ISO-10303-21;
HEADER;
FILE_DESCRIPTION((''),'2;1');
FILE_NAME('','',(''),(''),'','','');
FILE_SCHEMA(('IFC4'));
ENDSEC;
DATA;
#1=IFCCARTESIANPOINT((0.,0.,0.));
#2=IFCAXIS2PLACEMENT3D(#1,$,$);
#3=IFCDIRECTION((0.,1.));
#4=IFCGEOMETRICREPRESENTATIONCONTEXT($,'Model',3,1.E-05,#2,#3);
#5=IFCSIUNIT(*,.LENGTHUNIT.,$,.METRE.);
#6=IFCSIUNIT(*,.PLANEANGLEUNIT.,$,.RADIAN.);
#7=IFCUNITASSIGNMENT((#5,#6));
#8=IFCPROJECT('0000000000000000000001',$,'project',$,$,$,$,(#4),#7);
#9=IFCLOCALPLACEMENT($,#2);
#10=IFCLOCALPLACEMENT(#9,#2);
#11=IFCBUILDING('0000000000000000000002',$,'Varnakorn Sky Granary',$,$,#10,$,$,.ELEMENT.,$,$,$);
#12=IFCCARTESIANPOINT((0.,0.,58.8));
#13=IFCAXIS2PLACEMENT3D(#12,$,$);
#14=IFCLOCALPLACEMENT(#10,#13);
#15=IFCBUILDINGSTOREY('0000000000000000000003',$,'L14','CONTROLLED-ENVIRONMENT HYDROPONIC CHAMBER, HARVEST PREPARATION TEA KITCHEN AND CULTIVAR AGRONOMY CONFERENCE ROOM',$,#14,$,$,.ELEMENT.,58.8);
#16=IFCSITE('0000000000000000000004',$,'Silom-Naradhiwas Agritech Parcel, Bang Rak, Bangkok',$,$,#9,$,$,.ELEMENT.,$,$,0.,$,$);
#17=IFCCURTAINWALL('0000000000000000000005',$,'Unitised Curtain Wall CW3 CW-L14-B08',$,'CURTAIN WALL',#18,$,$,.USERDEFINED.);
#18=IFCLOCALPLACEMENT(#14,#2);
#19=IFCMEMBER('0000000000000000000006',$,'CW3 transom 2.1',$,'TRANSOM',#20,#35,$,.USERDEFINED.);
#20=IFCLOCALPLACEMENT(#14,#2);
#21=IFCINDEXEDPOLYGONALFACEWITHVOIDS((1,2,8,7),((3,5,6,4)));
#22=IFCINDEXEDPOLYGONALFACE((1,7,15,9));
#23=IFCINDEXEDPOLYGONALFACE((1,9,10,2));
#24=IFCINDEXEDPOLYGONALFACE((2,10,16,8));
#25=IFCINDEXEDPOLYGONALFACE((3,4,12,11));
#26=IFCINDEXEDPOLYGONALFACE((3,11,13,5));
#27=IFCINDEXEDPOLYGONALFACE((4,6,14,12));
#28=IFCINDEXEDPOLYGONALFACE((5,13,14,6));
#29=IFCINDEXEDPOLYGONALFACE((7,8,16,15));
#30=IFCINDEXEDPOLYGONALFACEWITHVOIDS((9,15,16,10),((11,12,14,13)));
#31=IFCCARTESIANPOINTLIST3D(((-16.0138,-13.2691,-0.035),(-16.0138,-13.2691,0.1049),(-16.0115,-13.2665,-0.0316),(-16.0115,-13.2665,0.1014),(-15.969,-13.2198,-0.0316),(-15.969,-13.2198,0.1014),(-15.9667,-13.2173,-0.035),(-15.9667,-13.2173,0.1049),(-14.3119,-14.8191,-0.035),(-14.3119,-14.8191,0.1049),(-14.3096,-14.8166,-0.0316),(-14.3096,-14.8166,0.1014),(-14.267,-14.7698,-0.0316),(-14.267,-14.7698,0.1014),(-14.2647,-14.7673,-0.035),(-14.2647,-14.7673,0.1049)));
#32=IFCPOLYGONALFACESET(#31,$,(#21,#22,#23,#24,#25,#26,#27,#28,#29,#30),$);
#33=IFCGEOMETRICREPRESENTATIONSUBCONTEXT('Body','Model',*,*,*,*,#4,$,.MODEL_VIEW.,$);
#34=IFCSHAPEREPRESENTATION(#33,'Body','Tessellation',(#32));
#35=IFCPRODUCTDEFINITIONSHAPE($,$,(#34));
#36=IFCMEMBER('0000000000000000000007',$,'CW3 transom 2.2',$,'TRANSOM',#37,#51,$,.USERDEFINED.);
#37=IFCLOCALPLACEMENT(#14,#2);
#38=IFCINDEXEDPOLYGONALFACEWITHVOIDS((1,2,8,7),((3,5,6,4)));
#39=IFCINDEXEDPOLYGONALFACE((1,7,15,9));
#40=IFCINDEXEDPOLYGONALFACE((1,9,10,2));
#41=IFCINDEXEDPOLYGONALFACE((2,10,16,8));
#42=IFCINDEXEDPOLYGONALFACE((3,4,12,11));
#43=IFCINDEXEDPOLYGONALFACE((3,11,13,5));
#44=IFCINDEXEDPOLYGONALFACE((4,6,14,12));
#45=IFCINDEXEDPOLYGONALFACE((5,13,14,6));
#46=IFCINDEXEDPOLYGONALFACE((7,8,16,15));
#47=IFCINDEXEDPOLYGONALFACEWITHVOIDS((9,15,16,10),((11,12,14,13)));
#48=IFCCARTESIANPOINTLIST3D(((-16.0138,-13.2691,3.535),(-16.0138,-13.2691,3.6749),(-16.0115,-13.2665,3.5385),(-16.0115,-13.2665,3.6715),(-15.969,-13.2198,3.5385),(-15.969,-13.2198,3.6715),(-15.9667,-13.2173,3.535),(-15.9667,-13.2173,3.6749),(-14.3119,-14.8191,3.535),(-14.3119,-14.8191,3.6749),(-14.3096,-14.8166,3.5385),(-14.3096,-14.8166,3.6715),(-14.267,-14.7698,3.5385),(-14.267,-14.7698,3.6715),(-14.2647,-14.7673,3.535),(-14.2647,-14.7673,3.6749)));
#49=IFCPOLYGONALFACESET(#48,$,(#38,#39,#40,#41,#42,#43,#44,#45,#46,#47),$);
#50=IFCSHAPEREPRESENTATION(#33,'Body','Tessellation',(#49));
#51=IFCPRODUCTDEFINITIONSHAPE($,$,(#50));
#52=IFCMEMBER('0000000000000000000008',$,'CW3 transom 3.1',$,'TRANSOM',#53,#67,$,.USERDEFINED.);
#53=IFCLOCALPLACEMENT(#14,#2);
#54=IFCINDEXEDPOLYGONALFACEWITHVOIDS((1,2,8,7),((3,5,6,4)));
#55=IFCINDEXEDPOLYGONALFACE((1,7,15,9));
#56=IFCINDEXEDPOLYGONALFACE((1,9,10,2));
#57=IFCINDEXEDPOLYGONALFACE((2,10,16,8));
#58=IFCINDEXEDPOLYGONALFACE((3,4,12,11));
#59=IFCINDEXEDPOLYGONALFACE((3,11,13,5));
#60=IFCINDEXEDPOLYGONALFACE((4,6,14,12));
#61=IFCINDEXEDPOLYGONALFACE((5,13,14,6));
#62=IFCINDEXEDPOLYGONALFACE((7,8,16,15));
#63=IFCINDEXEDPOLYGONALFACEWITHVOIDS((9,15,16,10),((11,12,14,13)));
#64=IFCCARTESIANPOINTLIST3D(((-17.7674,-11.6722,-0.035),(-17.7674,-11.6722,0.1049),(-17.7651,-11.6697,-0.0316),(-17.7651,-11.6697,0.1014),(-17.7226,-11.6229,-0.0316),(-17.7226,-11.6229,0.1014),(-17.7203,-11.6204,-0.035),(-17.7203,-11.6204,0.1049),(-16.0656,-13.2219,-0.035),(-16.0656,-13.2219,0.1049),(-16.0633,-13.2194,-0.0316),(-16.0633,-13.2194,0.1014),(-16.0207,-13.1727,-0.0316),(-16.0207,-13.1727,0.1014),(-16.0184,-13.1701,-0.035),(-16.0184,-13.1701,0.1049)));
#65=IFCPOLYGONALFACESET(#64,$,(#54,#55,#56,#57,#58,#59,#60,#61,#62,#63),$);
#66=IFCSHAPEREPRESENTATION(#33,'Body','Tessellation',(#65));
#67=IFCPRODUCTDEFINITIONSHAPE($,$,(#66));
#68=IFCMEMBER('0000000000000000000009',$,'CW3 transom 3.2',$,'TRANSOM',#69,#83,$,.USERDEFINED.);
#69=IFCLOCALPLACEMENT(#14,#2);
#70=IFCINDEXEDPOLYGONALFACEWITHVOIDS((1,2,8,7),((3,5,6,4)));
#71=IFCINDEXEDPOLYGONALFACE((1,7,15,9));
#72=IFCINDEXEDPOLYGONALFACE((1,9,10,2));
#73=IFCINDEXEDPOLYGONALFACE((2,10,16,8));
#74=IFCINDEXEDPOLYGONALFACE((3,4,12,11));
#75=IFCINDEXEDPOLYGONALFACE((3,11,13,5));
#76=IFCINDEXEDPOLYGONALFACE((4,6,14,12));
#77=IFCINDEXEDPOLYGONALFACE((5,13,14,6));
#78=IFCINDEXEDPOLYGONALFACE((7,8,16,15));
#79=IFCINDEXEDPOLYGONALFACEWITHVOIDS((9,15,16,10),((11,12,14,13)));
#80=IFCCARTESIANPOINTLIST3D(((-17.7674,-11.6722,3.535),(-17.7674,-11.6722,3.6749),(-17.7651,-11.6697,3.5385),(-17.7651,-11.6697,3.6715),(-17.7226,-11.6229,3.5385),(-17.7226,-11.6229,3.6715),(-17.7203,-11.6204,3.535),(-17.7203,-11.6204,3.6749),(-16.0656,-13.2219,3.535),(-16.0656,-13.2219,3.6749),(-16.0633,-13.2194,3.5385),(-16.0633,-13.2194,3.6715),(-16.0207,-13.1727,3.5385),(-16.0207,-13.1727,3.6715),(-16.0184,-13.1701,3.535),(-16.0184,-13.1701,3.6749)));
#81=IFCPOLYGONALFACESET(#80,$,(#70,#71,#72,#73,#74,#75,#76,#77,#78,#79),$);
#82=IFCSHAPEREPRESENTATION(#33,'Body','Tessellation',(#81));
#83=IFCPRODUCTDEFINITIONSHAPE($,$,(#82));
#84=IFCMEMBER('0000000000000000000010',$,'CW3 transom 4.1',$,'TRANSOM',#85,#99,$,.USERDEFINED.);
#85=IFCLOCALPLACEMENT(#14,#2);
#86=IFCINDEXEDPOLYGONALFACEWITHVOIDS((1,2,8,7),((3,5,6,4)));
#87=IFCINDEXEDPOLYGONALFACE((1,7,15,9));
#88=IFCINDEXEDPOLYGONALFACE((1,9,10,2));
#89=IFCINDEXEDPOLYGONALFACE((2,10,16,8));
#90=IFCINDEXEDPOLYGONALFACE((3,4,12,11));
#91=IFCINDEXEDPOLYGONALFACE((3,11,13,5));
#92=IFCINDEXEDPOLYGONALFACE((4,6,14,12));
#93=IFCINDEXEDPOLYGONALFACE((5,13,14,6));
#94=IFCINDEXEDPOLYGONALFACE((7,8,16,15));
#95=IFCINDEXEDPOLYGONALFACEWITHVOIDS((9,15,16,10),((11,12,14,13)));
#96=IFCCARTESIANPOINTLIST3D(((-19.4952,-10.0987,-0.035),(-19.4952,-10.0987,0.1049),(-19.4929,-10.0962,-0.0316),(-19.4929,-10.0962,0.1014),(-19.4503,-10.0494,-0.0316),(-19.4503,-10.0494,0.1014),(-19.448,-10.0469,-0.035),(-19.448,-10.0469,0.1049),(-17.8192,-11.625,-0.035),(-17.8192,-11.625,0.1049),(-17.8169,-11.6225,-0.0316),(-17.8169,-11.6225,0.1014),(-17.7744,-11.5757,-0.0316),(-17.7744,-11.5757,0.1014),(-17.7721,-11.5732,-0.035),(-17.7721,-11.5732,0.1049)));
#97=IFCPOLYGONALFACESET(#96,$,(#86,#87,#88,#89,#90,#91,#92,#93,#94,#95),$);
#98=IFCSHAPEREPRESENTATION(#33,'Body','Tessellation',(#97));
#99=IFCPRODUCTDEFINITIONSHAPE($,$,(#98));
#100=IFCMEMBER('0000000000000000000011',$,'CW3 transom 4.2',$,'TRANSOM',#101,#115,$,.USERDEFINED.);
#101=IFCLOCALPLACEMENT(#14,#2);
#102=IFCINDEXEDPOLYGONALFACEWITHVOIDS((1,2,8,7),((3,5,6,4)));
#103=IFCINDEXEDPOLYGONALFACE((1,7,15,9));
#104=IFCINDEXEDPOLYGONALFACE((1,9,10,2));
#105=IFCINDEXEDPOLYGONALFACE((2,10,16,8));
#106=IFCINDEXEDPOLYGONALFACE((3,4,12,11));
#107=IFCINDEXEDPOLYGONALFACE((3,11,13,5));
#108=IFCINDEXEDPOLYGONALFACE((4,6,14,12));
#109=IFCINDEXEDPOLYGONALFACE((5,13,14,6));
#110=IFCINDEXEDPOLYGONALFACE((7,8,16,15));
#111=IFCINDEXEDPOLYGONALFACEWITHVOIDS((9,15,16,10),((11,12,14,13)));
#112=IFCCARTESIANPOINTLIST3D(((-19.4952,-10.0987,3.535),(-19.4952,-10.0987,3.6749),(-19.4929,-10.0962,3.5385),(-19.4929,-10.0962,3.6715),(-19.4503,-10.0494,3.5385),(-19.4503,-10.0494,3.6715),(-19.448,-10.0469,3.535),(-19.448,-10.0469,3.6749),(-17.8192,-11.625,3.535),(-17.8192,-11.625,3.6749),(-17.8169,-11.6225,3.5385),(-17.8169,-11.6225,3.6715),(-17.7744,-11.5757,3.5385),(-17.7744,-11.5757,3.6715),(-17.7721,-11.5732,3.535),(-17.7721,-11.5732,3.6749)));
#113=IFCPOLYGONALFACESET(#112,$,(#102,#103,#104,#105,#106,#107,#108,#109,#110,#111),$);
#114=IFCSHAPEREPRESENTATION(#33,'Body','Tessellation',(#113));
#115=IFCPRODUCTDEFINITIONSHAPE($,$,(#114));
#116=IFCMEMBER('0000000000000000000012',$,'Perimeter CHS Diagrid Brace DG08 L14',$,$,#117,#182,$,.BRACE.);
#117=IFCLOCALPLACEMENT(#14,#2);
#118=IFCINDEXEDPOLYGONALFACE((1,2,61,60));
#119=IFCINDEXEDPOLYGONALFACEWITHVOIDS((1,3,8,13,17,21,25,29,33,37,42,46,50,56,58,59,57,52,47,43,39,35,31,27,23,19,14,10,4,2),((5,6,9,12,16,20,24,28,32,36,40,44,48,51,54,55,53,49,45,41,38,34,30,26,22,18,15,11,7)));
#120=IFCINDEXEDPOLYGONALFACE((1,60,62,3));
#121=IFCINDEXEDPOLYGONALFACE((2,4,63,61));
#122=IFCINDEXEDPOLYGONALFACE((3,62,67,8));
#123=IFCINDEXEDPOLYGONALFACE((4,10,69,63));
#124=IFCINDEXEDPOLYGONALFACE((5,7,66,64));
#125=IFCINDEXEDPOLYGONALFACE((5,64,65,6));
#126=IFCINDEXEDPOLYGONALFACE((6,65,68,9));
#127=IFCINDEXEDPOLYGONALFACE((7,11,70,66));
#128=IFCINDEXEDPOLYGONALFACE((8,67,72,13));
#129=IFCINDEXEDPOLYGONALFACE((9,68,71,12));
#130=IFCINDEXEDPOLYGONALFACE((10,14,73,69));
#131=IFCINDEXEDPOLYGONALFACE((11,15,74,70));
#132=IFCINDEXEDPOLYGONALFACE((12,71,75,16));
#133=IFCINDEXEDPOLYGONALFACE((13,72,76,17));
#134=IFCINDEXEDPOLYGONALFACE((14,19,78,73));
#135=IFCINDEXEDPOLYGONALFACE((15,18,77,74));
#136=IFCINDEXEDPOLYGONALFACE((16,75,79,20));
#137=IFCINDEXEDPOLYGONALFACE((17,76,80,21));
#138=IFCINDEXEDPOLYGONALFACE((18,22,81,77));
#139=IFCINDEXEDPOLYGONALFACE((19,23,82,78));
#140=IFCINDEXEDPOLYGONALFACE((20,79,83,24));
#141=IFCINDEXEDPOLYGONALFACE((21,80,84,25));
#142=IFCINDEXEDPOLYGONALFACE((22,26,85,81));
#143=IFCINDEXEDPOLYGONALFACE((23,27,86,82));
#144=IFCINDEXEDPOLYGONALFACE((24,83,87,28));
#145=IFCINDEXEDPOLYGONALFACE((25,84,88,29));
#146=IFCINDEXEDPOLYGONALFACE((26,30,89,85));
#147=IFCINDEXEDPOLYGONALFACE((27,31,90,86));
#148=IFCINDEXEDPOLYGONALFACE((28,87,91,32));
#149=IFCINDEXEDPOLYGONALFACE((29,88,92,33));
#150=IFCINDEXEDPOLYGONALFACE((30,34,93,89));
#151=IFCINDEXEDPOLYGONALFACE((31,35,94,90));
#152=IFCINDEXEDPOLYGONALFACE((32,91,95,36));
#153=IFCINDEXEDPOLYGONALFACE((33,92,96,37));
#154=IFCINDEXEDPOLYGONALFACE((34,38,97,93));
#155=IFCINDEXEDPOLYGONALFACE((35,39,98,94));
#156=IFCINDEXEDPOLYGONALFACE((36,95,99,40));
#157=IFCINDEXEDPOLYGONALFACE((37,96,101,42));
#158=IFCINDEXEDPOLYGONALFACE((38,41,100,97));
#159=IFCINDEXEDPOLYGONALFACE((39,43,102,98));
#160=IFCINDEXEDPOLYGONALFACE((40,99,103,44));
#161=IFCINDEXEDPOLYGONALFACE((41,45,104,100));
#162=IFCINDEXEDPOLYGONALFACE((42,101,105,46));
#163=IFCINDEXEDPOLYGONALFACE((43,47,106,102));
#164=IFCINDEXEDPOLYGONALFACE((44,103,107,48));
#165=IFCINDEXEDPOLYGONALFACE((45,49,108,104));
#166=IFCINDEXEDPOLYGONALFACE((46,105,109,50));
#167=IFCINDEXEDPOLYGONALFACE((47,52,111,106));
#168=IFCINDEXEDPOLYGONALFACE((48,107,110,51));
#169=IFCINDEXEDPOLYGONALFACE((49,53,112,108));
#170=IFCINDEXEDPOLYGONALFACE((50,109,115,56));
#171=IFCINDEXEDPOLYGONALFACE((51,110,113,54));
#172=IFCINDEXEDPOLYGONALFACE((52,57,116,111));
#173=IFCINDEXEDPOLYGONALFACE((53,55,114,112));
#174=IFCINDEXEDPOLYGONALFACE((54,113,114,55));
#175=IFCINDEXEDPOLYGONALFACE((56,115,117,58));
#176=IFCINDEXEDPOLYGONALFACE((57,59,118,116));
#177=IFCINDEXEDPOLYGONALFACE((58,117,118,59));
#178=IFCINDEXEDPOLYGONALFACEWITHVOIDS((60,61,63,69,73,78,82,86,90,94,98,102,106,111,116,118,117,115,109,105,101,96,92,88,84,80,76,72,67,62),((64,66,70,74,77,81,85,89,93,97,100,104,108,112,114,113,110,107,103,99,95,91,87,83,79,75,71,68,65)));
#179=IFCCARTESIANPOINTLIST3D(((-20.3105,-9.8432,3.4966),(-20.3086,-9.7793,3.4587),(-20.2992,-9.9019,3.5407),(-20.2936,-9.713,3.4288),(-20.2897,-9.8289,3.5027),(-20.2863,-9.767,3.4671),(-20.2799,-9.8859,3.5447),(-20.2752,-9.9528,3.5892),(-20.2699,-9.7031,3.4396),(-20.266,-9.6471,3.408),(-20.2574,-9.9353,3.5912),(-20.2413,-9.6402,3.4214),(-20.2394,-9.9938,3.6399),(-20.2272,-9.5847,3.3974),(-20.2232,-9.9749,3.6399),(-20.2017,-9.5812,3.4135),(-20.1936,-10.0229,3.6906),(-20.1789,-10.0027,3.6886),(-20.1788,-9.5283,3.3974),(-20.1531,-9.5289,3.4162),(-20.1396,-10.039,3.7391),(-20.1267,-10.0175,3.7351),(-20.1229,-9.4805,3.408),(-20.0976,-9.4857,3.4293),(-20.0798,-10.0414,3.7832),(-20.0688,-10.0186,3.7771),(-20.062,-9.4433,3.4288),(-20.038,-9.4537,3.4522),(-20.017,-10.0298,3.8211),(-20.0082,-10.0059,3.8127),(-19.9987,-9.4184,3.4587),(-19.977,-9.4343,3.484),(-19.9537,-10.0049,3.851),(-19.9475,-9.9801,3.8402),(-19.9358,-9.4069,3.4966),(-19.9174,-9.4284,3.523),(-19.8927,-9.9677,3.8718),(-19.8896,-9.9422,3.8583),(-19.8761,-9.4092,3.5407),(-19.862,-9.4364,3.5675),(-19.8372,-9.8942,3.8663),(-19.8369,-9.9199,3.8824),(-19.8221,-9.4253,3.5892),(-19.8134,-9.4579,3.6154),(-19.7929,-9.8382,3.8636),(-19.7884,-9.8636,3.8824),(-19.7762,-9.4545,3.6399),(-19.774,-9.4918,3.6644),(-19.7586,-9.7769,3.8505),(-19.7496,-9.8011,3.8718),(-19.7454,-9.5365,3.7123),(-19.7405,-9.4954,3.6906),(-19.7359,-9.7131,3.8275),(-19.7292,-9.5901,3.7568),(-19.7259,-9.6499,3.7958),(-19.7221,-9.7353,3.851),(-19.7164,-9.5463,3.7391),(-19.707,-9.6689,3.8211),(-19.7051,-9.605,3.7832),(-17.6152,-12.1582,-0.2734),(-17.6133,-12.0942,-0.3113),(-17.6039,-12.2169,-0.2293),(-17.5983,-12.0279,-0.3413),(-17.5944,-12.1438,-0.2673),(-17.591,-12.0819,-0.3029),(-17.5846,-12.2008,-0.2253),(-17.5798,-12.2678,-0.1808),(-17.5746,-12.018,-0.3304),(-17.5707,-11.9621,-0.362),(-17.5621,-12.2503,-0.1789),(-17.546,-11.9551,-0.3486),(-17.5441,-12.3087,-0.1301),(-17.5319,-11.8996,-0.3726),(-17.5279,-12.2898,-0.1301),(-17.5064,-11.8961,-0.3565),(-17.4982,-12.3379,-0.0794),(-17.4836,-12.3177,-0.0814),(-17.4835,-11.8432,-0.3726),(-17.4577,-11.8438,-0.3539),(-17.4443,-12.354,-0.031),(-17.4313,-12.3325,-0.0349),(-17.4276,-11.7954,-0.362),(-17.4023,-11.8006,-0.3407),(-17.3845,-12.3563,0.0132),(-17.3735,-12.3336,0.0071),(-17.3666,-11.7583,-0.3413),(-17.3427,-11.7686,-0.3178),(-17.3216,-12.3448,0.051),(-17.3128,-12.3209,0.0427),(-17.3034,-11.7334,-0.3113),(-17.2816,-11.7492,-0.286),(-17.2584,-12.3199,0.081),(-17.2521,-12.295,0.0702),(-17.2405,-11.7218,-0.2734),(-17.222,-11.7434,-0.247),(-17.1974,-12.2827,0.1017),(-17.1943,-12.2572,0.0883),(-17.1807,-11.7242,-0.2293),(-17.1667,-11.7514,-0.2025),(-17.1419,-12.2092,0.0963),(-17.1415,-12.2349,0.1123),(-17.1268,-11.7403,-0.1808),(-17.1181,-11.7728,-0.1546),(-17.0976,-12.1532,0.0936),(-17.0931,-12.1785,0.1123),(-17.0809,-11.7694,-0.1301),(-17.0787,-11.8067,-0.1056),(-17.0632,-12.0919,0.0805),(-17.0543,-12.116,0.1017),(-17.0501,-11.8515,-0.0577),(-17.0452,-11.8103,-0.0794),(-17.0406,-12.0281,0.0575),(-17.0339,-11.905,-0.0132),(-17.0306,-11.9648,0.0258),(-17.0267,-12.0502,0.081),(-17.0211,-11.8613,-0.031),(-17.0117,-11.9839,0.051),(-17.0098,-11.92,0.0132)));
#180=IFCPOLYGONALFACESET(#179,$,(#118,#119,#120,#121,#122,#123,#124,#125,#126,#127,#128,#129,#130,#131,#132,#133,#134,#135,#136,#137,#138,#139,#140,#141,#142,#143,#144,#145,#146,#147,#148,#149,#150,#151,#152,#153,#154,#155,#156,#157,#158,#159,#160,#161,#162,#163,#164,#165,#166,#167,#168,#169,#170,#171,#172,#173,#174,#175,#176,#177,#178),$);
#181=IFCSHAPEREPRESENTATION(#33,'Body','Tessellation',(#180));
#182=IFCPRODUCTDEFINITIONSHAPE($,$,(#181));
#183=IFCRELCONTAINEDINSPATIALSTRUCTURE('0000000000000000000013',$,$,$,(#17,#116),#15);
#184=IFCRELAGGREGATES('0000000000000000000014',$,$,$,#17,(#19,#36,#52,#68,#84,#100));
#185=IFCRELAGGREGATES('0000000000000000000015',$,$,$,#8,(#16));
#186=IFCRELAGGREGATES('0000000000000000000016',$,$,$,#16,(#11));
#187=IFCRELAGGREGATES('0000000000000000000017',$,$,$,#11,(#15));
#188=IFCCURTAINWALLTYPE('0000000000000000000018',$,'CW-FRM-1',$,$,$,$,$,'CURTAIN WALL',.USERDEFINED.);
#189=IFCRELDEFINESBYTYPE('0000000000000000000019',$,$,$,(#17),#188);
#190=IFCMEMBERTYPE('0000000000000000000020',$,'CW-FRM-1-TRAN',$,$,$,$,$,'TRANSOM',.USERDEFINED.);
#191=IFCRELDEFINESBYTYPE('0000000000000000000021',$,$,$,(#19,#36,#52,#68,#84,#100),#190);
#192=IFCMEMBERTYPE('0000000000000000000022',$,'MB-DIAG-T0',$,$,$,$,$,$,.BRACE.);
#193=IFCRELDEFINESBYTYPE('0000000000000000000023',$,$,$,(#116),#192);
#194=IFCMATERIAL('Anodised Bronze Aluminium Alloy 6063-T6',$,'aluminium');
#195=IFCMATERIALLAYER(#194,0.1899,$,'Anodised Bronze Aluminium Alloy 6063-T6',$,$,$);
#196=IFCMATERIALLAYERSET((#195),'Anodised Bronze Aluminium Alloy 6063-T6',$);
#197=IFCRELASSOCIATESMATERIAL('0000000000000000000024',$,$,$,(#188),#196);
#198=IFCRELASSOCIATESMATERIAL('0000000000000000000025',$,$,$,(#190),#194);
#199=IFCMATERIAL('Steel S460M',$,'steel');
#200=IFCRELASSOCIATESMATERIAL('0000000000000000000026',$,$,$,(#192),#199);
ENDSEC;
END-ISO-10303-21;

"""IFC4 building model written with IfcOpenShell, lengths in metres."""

from ifc_helpers import new_model, si_unit, direction, frame, origin, origin_2d, place, context, subcontext, project, spatial, hollow_rectangle, hollow_circle, extrude, material, layer, layer_set, material_profile, profile_set, type_object, element, aggregate, save


model = new_model("IFC4")

# Units and contexts
model_context = context("Model", 3, precision=1e-05, world=origin(), true_north=direction((0.0, 1.0)))
body_context = subcontext(model_context, "Body", "Model", "MODEL_VIEW")
ifc_project = project(units=[si_unit("LENGTHUNIT", "METRE"), si_unit("PLANEANGLEUNIT", "RADIAN")], contexts=[model_context])

# Site, building, storey
site_placement = place(None, origin())
site = spatial("IfcSite", under=ifc_project, at=site_placement, Name="Silom-Naradhiwas Agritech Parcel, Bang Rak, Bangkok", CompositionType="ELEMENT", RefElevation=0.0)
building_placement = place(site_placement, origin())
building = spatial("IfcBuilding", under=site, at=building_placement, Name="Varnakorn Sky Granary", CompositionType="ELEMENT")
storey_placement = place(building_placement, frame((0.0, 0.0, 58.8)))
storey = spatial("IfcBuildingStorey", under=building, at=storey_placement, Name="L14", Description="CONTROLLED-ENVIRONMENT HYDROPONIC CHAMBER, HARVEST PREPARATION TEA KITCHEN AND CULTIVAR AGRONOMY CONFERENCE ROOM", CompositionType="ELEMENT", Elevation=58.8)

# Shared definitions
ifc_material_1 = material(Name="Steel S460M", Category="steel")

# Shared definitions
ifc_material_2 = material(Name="Anodised Bronze Aluminium Alloy 6063-T6", Category="aluminium")
ifc_layer_1 = layer(ifc_material_2, 0.1899, Name="Anodised Bronze Aluminium Alloy 6063-T6")
ifc_layer_set_1 = layer_set([ifc_layer_1], Name="Anodised Bronze Aluminium Alloy 6063-T6")
curtain_wall_type = type_object("IfcCurtainWallType", Name="CW-FRM-1", ElementType="CURTAIN WALL", PredefinedType="USERDEFINED", material=ifc_layer_set_1)

# Curtain wall, members
curtain_wall_1_placement = place(storey_placement, origin())
curtain_wall_1 = element("IfcCurtainWall", 1, at=curtain_wall_1_placement, inside=storey, type_object=curtain_wall_type, Name="Unitised Curtain Wall CW3 CW-L14-B08", ObjectType="CURTAIN WALL", PredefinedType="USERDEFINED")
ifc_material_profile_1 = material_profile(ifc_material_2, hollow_rectangle(XDim=0.0701, YDim=0.1399, WallThickness=0.0034, at=origin_2d()), Name="ALU TRAN 70x140")
ifc_profile_set_1 = profile_set([ifc_material_profile_1], Name="Anodised Bronze Aluminium Alloy 6063-T6")
member_type_1 = type_object("IfcMemberType", Name="CW-FRM-1-TRAN", ElementType="TRANSOM", PredefinedType="USERDEFINED", material=ifc_profile_set_1)
member_1_placement = place(storey_placement, frame((-14.2883, -14.7932, 0.0349), z_axis=(-0.739321, 0.673353, 0.0), x_axis=(-0.673353, -0.739321, 0.0)))
member_1 = element("IfcMember", 2, at=member_1_placement, type_object=member_type_1, Name="CW3 transom 2.1", ObjectType="TRANSOM", PredefinedType="USERDEFINED", context=body_context, shape_type="SweptSolid", body=[
    extrude(hollow_rectangle(XDim=0.0701, YDim=0.1399, WallThickness=0.0034, at=origin_2d()), origin(), (0.0, 0.0, 1.0), 2.302),
])
member_2_placement = place(storey_placement, frame((-14.2883, -14.7932, 3.605), z_axis=(-0.739321, 0.673353, 0.0), x_axis=(-0.673353, -0.739321, 0.0)))
member_2 = element("IfcMember", 3, at=member_2_placement, type_object=member_type_1, Name="CW3 transom 2.2", ObjectType="TRANSOM", PredefinedType="USERDEFINED", context=body_context, shape_type="SweptSolid", body=[
    extrude(hollow_rectangle(XDim=0.0701, YDim=0.1399, WallThickness=0.0034, at=origin_2d()), origin(), (0.0, 0.0, 1.0), 2.302),
])
member_3_placement = place(storey_placement, frame((-16.042, -13.196, 0.0349), z_axis=(-0.739373, 0.673296, 0.0), x_axis=(-0.673296, -0.739373, 0.0)))
member_3 = element("IfcMember", 4, at=member_3_placement, type_object=member_type_1, Name="CW3 transom 3.1", ObjectType="TRANSOM", PredefinedType="USERDEFINED", context=body_context, shape_type="SweptSolid", body=[
    extrude(hollow_rectangle(XDim=0.0701, YDim=0.1399, WallThickness=0.0034, at=origin_2d()), origin(), (0.0, 0.0, 1.0), 2.3018),
])
member_4_placement = place(storey_placement, frame((-16.042, -13.196, 3.605), z_axis=(-0.739373, 0.673296, 0.0), x_axis=(-0.673296, -0.739373, 0.0)))
member_4 = element("IfcMember", 5, at=member_4_placement, type_object=member_type_1, Name="CW3 transom 3.2", ObjectType="TRANSOM", PredefinedType="USERDEFINED", context=body_context, shape_type="SweptSolid", body=[
    extrude(hollow_rectangle(XDim=0.0701, YDim=0.1399, WallThickness=0.0034, at=origin_2d()), origin(), (0.0, 0.0, 1.0), 2.3018),
])
member_5_placement = place(storey_placement, frame((-17.7957, -11.5991, 0.0349), z_axis=(-0.739345, 0.673327, 0.0), x_axis=(-0.673327, -0.739345, 0.0)))
member_5 = element("IfcMember", 6, at=member_5_placement, type_object=member_type_1, Name="CW3 transom 4.1", ObjectType="TRANSOM", PredefinedType="USERDEFINED", context=body_context, shape_type="SweptSolid", body=[
    extrude(hollow_rectangle(XDim=0.0701, YDim=0.1399, WallThickness=0.0034, at=origin_2d()), origin(), (0.0, 0.0, 1.0), 2.2668),
])
member_6_placement = place(storey_placement, frame((-17.7957, -11.5991, 3.605), z_axis=(-0.739345, 0.673327, 0.0), x_axis=(-0.673327, -0.739345, 0.0)))
member_6 = element("IfcMember", 7, at=member_6_placement, type_object=member_type_1, Name="CW3 transom 4.2", ObjectType="TRANSOM", PredefinedType="USERDEFINED", context=body_context, shape_type="SweptSolid", body=[
    extrude(hollow_rectangle(XDim=0.0701, YDim=0.1399, WallThickness=0.0034, at=origin_2d()), origin(), (0.0, 0.0, 1.0), 2.2668),
])

# Member
ifc_material_profile_2 = material_profile(ifc_material_1, hollow_circle(Radius=0.3555, WallThickness=0.0249, at=origin_2d()), Name="CHS 711x25")
ifc_profile_set_2 = profile_set([ifc_material_profile_2], Name="Steel S460M")
member_type_2 = type_object("IfcMemberType", Name="MB-DIAG-T0", PredefinedType="BRACE", material=ifc_profile_set_2)
member_7_placement = place(storey_placement, frame((-17.3125, -12.0391, -0.1301), z_axis=(-0.520289, 0.446864, 0.727745), x_axis=(-0.651549, -0.758606, 0.0)))
element("IfcMember", 8, at=member_7_placement, inside=storey, type_object=member_type_2, Name="Perimeter CHS Diagrid Brace DG08 L14", PredefinedType="BRACE", context=body_context, shape_type="SweptSolid", body=[
    extrude(hollow_circle(Radius=0.3555, WallThickness=0.0249, at=origin_2d()), origin(), (0.0, 0.0, 1.0), 5.1804),
])

aggregate(curtain_wall_1, [member_1, member_2, member_3, member_4, member_5, member_6])

save(model, "model.ifc")
